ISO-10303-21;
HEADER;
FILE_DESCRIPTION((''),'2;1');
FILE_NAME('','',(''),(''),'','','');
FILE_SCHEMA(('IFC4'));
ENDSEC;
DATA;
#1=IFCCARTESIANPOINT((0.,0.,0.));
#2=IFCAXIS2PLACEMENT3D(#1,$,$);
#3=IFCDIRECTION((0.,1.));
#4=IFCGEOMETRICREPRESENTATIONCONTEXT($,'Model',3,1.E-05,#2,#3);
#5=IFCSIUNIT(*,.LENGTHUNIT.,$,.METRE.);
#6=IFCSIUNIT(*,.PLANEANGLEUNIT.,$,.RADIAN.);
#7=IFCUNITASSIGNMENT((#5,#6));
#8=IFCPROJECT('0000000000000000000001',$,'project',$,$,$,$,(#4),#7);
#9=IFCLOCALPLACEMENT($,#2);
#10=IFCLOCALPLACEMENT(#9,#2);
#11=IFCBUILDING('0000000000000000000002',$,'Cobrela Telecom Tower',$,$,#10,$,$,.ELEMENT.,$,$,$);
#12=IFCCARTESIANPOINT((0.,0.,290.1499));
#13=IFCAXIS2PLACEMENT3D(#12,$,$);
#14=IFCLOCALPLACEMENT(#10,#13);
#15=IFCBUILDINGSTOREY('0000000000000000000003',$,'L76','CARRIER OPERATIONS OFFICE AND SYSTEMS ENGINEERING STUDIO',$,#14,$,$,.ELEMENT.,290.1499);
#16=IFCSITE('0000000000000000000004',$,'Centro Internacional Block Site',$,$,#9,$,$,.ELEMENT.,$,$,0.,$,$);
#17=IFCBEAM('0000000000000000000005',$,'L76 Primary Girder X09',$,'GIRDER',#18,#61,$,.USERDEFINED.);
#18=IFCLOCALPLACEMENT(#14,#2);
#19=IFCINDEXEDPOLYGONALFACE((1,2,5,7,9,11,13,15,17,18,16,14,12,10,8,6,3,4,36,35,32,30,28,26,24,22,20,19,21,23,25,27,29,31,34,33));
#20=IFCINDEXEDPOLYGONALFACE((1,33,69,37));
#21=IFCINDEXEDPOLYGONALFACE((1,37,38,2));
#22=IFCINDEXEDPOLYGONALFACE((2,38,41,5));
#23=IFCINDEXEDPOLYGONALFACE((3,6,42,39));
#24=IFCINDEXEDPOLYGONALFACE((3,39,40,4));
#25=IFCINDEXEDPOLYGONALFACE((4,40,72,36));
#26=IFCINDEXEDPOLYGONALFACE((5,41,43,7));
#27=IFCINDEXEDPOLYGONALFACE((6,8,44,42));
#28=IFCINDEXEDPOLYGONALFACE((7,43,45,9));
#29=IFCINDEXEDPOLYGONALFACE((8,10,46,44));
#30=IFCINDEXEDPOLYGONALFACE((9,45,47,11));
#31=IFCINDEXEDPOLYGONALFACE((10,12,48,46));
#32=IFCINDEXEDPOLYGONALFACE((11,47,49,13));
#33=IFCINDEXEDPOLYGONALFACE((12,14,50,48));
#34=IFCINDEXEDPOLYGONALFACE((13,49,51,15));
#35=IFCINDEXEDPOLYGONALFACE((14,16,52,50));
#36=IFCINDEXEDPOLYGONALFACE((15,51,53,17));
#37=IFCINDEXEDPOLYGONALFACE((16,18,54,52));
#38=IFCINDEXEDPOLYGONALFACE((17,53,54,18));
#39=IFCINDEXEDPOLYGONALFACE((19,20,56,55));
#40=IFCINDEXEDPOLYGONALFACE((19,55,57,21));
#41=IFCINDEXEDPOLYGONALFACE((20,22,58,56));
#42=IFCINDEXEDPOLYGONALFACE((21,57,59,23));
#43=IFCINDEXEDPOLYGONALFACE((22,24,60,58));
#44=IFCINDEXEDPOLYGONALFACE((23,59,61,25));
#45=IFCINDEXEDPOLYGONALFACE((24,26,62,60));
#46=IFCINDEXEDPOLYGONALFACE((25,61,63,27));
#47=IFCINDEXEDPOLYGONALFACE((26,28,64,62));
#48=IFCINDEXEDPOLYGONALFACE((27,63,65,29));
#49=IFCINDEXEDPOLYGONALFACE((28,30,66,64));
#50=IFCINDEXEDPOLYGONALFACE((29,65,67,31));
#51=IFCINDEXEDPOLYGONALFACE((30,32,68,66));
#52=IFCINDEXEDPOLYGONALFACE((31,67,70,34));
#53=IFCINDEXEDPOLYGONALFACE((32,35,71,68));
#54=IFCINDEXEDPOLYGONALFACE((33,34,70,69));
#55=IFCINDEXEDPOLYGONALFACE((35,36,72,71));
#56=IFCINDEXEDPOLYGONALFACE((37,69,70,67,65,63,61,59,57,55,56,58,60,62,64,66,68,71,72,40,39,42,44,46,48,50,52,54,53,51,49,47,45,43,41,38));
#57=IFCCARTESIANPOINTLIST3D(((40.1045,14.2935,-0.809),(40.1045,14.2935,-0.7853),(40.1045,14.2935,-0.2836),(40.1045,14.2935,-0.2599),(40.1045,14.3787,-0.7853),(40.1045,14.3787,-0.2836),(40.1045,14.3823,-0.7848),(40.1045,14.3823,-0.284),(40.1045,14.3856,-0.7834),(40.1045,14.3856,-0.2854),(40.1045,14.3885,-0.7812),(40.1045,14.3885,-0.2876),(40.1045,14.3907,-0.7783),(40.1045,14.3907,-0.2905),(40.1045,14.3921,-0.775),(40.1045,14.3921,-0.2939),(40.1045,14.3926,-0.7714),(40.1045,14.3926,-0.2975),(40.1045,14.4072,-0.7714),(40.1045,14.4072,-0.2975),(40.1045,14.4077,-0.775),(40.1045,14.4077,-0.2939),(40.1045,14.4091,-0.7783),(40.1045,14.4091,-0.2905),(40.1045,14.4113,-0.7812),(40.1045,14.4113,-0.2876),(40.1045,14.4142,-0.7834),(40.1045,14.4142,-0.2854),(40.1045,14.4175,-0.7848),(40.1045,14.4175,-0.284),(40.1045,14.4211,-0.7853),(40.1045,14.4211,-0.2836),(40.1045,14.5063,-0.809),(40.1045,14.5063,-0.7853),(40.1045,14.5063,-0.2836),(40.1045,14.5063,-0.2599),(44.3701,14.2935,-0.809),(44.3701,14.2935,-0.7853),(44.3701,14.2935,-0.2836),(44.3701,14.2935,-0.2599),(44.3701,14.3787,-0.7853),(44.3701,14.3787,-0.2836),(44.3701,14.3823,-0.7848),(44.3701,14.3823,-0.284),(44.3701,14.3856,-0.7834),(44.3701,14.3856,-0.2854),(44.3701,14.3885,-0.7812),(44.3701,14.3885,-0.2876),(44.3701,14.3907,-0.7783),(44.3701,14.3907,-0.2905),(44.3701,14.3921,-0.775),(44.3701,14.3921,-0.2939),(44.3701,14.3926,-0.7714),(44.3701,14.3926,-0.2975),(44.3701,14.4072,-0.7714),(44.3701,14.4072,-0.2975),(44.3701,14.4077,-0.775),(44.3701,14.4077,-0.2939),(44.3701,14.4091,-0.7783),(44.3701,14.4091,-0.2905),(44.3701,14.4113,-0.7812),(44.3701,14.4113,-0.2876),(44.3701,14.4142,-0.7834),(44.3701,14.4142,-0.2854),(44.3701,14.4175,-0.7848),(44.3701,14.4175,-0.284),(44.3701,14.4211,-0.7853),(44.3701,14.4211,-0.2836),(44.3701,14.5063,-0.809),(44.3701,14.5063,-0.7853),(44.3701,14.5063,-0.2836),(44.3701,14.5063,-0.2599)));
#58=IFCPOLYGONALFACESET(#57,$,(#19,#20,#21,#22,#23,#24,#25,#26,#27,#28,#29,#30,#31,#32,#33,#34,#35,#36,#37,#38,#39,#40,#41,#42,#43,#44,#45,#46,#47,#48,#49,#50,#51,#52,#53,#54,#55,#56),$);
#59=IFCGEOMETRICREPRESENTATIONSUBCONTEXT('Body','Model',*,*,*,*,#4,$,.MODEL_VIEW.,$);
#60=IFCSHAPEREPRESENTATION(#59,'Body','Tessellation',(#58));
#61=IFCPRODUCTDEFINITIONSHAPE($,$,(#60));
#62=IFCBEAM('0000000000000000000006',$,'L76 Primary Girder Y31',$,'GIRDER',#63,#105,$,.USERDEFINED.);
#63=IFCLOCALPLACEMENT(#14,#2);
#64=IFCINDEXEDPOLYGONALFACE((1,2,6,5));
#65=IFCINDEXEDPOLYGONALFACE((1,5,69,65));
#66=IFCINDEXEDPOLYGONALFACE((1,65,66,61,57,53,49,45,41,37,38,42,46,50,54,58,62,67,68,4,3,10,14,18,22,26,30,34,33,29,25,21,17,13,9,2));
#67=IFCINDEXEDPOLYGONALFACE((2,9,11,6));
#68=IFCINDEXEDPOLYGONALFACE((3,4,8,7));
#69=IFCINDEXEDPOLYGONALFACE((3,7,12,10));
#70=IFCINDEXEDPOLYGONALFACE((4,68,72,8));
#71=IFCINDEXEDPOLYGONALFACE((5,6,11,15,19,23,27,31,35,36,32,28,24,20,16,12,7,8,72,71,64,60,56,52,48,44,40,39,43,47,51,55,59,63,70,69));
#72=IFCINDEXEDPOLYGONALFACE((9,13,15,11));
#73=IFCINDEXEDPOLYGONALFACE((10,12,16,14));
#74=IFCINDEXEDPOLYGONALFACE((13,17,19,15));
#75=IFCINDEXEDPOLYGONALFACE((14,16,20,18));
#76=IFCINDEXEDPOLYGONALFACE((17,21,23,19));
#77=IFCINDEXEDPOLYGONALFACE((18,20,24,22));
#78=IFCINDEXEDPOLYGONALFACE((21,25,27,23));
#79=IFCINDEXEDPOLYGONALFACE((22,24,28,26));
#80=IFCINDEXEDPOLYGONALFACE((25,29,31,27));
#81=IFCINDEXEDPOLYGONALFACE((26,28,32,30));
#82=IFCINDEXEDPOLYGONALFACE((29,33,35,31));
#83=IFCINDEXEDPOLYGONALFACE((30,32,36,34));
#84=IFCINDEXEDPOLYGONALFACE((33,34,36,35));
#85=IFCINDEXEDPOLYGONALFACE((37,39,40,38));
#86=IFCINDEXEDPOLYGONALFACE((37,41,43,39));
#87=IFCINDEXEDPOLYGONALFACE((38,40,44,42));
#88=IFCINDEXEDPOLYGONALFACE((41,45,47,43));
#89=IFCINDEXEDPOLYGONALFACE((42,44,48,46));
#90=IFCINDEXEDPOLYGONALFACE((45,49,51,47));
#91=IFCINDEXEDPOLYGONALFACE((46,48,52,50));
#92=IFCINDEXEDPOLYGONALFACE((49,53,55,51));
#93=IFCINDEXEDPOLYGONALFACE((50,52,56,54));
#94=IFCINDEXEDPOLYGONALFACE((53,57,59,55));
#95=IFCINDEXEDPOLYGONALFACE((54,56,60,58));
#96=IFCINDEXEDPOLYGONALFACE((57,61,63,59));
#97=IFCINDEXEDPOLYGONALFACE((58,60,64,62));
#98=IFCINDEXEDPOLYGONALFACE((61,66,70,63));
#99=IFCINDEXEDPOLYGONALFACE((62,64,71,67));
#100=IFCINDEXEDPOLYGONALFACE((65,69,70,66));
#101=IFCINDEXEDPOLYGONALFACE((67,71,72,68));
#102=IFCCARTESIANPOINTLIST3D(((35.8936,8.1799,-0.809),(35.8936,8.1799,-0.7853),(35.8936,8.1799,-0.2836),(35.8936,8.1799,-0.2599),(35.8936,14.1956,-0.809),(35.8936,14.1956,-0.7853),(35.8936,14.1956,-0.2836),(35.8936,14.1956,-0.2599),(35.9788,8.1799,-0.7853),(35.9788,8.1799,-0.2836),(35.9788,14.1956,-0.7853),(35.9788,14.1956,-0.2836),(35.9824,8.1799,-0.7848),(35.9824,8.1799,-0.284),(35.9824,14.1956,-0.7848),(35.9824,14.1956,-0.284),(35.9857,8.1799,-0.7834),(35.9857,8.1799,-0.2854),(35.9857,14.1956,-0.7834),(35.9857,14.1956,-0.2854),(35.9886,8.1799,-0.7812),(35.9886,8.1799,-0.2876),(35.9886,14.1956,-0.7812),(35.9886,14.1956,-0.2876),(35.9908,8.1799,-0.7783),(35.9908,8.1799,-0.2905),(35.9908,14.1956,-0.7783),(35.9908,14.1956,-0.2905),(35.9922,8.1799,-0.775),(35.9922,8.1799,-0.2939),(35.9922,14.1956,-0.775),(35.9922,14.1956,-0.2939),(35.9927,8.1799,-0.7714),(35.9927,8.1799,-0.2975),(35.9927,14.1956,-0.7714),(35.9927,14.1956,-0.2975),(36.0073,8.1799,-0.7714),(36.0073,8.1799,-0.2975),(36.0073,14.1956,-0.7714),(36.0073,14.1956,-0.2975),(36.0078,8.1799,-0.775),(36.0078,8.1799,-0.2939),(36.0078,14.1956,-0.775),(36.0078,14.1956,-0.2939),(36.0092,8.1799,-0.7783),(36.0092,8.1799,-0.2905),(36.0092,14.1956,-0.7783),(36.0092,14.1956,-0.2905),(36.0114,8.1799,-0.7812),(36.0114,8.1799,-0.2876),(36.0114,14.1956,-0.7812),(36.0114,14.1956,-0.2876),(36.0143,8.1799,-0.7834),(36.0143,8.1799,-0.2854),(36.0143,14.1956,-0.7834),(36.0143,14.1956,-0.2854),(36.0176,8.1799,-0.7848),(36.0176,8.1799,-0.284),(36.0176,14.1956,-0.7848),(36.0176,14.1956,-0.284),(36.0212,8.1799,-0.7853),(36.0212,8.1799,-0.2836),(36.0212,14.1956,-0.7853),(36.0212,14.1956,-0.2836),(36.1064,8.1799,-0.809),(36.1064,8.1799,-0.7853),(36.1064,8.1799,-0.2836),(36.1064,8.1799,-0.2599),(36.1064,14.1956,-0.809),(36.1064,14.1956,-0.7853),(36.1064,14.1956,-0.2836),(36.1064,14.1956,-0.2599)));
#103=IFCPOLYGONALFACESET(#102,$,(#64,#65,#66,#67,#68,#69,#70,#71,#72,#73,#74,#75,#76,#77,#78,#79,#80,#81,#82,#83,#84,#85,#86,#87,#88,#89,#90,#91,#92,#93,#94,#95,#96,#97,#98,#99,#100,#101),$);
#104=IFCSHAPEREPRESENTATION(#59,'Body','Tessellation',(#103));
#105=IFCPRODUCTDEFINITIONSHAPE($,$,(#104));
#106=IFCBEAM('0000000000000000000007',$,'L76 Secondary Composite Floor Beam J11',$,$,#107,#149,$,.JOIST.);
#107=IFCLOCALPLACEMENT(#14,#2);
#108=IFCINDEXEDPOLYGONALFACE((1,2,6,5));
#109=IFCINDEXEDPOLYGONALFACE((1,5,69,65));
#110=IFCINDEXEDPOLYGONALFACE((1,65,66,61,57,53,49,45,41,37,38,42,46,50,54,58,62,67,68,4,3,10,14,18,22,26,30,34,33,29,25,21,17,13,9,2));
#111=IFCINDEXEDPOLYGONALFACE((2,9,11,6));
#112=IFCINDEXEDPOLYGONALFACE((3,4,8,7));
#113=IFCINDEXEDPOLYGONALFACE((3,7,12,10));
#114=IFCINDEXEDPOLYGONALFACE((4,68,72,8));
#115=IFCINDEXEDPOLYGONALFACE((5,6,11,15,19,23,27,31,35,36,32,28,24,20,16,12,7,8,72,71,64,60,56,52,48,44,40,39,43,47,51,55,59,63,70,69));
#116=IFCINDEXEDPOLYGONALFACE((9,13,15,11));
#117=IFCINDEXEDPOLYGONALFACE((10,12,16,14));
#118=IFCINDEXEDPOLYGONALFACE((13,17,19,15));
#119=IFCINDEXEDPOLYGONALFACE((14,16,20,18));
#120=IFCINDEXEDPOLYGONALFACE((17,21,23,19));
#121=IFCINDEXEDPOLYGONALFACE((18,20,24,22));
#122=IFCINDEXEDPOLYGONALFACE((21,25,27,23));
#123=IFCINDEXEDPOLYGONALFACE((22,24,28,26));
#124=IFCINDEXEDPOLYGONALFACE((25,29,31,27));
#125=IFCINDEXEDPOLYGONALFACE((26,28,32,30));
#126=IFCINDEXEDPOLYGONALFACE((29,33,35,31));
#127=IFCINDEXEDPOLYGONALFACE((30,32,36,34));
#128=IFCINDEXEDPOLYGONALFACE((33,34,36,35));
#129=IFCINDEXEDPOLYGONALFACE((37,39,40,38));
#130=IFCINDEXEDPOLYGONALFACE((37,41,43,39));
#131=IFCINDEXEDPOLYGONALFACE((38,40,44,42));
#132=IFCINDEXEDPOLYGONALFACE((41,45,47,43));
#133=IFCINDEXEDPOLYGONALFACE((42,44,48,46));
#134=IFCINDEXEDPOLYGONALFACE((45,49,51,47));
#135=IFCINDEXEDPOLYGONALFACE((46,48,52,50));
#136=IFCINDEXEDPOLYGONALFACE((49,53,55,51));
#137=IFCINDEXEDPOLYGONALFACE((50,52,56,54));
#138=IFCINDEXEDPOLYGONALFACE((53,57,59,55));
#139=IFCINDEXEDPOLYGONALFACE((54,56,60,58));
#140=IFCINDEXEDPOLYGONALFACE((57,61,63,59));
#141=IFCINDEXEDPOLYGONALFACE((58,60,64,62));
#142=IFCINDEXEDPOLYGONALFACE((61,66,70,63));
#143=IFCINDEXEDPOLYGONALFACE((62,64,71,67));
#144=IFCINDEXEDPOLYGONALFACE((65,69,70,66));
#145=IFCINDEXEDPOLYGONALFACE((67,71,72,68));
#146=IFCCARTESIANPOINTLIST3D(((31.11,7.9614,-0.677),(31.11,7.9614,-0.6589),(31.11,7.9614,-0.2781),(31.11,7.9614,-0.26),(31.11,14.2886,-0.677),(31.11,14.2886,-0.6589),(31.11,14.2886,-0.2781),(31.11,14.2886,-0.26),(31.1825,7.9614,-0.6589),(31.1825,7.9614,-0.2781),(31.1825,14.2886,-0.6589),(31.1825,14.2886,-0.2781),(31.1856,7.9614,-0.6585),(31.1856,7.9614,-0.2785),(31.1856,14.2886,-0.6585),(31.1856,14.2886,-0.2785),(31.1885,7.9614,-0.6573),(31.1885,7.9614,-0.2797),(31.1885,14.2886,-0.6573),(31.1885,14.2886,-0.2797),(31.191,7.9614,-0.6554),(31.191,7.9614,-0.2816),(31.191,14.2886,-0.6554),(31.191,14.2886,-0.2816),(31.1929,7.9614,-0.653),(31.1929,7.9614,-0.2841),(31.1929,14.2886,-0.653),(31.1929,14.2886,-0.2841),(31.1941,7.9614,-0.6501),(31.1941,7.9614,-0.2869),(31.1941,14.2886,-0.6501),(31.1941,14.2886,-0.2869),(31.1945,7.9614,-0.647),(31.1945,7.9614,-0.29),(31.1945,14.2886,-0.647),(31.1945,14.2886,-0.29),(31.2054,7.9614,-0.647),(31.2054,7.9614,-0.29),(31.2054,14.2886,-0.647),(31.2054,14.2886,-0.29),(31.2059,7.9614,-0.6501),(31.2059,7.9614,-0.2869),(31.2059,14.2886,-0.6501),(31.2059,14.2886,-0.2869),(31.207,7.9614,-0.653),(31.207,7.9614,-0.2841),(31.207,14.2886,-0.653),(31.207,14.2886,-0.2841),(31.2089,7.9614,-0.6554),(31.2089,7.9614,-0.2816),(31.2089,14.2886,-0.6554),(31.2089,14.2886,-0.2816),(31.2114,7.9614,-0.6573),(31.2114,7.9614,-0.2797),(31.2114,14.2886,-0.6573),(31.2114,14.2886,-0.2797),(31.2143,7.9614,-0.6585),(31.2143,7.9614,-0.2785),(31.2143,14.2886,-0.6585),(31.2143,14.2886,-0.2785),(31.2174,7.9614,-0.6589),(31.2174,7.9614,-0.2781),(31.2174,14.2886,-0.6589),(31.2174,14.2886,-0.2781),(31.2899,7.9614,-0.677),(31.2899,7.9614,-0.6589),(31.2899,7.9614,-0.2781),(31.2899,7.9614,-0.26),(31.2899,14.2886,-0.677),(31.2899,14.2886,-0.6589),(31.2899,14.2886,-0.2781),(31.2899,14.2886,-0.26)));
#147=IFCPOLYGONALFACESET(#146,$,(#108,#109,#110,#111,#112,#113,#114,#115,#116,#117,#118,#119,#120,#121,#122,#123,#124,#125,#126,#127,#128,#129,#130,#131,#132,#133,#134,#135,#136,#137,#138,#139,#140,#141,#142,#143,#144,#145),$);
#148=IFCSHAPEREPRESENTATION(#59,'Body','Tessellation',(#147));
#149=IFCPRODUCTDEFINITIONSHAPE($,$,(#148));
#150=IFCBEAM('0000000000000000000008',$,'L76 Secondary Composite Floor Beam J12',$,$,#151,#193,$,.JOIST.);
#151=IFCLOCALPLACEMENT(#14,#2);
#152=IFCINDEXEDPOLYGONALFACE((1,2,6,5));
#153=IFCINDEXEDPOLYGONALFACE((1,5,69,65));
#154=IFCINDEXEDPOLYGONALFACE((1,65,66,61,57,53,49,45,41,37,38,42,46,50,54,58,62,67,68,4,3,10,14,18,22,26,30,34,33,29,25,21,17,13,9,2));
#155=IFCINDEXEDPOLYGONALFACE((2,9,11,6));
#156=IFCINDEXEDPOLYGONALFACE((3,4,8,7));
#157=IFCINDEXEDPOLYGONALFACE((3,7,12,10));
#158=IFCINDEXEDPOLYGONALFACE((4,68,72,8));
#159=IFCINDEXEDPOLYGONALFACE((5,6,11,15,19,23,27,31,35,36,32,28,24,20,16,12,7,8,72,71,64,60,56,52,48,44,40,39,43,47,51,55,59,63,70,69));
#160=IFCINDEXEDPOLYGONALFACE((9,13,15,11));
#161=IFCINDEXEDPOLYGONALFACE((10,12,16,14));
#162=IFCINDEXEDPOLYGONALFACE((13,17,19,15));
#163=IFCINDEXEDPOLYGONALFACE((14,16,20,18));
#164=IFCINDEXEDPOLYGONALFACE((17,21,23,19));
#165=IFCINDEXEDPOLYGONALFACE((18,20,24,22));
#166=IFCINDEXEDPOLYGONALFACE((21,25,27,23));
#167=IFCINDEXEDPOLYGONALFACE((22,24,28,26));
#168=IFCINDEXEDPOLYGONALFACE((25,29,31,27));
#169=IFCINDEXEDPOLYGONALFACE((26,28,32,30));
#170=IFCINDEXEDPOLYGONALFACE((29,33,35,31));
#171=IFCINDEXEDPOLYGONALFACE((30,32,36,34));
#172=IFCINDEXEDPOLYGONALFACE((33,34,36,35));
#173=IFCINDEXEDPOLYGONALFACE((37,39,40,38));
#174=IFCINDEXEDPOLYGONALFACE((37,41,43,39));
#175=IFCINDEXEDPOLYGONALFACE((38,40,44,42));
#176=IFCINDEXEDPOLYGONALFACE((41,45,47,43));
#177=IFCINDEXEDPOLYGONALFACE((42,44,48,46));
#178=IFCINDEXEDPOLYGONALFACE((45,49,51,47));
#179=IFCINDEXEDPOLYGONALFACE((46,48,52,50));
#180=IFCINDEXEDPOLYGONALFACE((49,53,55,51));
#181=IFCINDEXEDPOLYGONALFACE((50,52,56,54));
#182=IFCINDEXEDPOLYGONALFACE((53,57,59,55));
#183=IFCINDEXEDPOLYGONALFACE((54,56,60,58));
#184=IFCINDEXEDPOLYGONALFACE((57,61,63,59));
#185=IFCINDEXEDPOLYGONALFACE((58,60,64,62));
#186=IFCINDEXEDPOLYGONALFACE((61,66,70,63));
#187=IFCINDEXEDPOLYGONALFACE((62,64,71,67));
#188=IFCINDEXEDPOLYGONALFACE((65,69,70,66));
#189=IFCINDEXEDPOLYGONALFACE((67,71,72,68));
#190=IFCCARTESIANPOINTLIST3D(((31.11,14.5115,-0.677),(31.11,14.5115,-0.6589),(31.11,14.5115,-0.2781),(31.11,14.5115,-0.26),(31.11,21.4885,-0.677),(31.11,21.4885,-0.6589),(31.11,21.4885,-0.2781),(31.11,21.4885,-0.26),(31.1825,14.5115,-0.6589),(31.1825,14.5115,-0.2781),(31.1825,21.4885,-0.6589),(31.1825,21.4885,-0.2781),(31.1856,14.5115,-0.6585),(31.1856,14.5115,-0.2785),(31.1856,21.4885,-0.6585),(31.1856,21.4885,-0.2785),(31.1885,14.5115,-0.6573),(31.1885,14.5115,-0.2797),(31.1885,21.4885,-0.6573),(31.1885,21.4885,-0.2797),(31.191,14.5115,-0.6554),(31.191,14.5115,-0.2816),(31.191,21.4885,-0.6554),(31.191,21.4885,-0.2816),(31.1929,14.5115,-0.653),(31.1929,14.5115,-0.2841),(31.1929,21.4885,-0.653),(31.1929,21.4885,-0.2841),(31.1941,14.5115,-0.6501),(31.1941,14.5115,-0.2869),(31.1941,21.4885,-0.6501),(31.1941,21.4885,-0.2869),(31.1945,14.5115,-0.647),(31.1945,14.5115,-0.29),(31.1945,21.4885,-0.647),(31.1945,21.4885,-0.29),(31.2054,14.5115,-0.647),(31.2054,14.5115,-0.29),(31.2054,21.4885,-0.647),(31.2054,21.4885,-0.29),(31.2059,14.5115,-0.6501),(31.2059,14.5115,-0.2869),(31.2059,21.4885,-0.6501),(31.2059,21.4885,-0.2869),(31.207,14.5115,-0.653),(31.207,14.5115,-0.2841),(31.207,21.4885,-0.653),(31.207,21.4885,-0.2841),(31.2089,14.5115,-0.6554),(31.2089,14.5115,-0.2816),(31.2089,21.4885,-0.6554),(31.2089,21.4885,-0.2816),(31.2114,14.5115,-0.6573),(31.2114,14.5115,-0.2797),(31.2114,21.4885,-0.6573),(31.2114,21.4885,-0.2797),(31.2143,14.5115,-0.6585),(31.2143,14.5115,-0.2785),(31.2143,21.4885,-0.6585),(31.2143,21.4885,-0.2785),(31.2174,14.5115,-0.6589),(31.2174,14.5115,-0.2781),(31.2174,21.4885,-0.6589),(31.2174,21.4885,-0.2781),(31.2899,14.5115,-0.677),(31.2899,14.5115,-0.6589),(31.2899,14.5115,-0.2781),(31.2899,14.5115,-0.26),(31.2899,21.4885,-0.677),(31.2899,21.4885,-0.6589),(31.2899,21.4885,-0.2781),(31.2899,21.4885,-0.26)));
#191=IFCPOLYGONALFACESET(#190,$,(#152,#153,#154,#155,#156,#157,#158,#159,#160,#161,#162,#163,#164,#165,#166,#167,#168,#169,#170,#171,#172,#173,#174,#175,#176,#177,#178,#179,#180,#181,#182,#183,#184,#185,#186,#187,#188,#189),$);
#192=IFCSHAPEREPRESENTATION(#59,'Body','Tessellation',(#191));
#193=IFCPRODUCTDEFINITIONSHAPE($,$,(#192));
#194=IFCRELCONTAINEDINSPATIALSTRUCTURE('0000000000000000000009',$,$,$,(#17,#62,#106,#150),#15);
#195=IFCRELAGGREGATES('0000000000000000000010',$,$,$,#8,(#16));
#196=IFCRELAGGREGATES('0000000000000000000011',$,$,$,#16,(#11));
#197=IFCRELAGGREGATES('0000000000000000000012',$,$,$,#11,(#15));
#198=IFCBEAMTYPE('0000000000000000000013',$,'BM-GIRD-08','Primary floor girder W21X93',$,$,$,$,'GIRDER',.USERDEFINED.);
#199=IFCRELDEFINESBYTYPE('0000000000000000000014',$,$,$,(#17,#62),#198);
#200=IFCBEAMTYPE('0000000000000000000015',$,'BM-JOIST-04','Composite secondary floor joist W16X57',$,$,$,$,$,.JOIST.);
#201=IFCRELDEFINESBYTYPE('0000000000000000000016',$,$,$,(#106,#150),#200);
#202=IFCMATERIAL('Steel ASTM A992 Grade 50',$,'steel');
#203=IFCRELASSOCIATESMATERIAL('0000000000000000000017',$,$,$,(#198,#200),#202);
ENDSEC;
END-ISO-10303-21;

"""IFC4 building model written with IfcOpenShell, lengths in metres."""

from ifc_helpers import new_model, si_unit, direction, frame, origin, origin_2d, place, context, subcontext, project, spatial, i_section, extrude, material, material_profile, profile_set, type_object, element, save


model = new_model("IFC4")

# Units and contexts
model_context = context("Model", 3, precision=1e-05, world=origin(), true_north=direction((0.0, 1.0)))
body_context = subcontext(model_context, "Body", "Model", "MODEL_VIEW")
ifc_project = project(units=[si_unit("LENGTHUNIT", "METRE"), si_unit("PLANEANGLEUNIT", "RADIAN")], contexts=[model_context])

# Site, building, storey
site_placement = place(None, origin())
site = spatial("IfcSite", under=ifc_project, at=site_placement, Name="Centro Internacional Block Site", CompositionType="ELEMENT", RefElevation=0.0)
building_placement = place(site_placement, origin())
building = spatial("IfcBuilding", under=site, at=building_placement, Name="Cobrela Telecom Tower", CompositionType="ELEMENT")
storey_placement = place(building_placement, frame((0.0, 0.0, 290.1499)))
storey = spatial("IfcBuildingStorey", under=building, at=storey_placement, Name="L76", Description="CARRIER OPERATIONS OFFICE AND SYSTEMS ENGINEERING STUDIO", CompositionType="ELEMENT", Elevation=290.1499)

# Shared definitions
ifc_material_1 = material(Name="Steel ASTM A992 Grade 50", Category="steel")

# Beams
ifc_material_profile_1 = material_profile(ifc_material_1, i_section(OverallWidth=0.2129, OverallDepth=0.5491, WebThickness=0.0146, FlangeThickness=0.0237, FilletRadius=0.0139, at=origin_2d()), Name="W21X93")
ifc_profile_set_1 = profile_set([ifc_material_profile_1], Name="Steel ASTM A992 Grade 50")
beam_type_1 = type_object("IfcBeamType", Name="BM-GIRD-08", Description="Primary floor girder W21X93", ElementType="GIRDER", PredefinedType="USERDEFINED", material=ifc_profile_set_1)
beam_1_placement = place(storey_placement, frame((40.1045, 14.3999, -0.5344), z_axis=(1.0, 0.0, 0.0), x_axis=(0.0, 1.0, 0.0)))
element("IfcBeam", 1, at=beam_1_placement, inside=storey, type_object=beam_type_1, Name="L76 Primary Girder X09", ObjectType="GIRDER", PredefinedType="USERDEFINED", context=body_context, shape_type="SweptSolid", body=[
    extrude(i_section(OverallWidth=0.2129, OverallDepth=0.5491, WebThickness=0.0146, FlangeThickness=0.0237, FilletRadius=0.0139, at=origin_2d()), origin(), (0.0, 0.0, 1.0), 4.2656),
])
beam_2_placement = place(storey_placement, frame((36.0, 8.1799, -0.5344), z_axis=(0.0, 1.0, 0.0), x_axis=(-1.0, 0.0, 0.0)))
element("IfcBeam", 2, at=beam_2_placement, inside=storey, type_object=beam_type_1, Name="L76 Primary Girder Y31", ObjectType="GIRDER", PredefinedType="USERDEFINED", context=body_context, shape_type="SweptSolid", body=[
    extrude(i_section(OverallWidth=0.2129, OverallDepth=0.5491, WebThickness=0.0146, FlangeThickness=0.0237, FilletRadius=0.0139, at=origin_2d()), origin(), (0.0, 0.0, 1.0), 6.0156),
])
ifc_material_profile_2 = material_profile(ifc_material_1, i_section(OverallWidth=0.1799, OverallDepth=0.417, WebThickness=0.011, FlangeThickness=0.0181, FilletRadius=0.012, at=origin_2d()), Name="W16X57")
ifc_profile_set_2 = profile_set([ifc_material_profile_2], Name="Steel ASTM A992 Grade 50")
beam_type_2 = type_object("IfcBeamType", Name="BM-JOIST-04", Description="Composite secondary floor joist W16X57", PredefinedType="JOIST", material=ifc_profile_set_2)
beam_3_placement = place(storey_placement, frame((31.2, 7.9614, -0.4685), z_axis=(0.0, 1.0, 0.0), x_axis=(-1.0, 0.0, 0.0)))
element("IfcBeam", 3, at=beam_3_placement, inside=storey, type_object=beam_type_2, Name="L76 Secondary Composite Floor Beam J11", PredefinedType="JOIST", context=body_context, shape_type="SweptSolid", body=[
    extrude(i_section(OverallWidth=0.1799, OverallDepth=0.417, WebThickness=0.011, FlangeThickness=0.0181, FilletRadius=0.012, at=origin_2d()), origin(), (0.0, 0.0, 1.0), 6.3271),
])
beam_4_placement = place(storey_placement, frame((31.2, 14.5115, -0.4685), z_axis=(0.0, 1.0, 0.0), x_axis=(-1.0, 0.0, 0.0)))
element("IfcBeam", 4, at=beam_4_placement, inside=storey, type_object=beam_type_2, Name="L76 Secondary Composite Floor Beam J12", PredefinedType="JOIST", context=body_context, shape_type="SweptSolid", body=[
    extrude(i_section(OverallWidth=0.1799, OverallDepth=0.417, WebThickness=0.011, FlangeThickness=0.0181, FilletRadius=0.012, at=origin_2d()), origin(), (0.0, 0.0, 1.0), 6.9771),
])

save(model, "model.ifc")
